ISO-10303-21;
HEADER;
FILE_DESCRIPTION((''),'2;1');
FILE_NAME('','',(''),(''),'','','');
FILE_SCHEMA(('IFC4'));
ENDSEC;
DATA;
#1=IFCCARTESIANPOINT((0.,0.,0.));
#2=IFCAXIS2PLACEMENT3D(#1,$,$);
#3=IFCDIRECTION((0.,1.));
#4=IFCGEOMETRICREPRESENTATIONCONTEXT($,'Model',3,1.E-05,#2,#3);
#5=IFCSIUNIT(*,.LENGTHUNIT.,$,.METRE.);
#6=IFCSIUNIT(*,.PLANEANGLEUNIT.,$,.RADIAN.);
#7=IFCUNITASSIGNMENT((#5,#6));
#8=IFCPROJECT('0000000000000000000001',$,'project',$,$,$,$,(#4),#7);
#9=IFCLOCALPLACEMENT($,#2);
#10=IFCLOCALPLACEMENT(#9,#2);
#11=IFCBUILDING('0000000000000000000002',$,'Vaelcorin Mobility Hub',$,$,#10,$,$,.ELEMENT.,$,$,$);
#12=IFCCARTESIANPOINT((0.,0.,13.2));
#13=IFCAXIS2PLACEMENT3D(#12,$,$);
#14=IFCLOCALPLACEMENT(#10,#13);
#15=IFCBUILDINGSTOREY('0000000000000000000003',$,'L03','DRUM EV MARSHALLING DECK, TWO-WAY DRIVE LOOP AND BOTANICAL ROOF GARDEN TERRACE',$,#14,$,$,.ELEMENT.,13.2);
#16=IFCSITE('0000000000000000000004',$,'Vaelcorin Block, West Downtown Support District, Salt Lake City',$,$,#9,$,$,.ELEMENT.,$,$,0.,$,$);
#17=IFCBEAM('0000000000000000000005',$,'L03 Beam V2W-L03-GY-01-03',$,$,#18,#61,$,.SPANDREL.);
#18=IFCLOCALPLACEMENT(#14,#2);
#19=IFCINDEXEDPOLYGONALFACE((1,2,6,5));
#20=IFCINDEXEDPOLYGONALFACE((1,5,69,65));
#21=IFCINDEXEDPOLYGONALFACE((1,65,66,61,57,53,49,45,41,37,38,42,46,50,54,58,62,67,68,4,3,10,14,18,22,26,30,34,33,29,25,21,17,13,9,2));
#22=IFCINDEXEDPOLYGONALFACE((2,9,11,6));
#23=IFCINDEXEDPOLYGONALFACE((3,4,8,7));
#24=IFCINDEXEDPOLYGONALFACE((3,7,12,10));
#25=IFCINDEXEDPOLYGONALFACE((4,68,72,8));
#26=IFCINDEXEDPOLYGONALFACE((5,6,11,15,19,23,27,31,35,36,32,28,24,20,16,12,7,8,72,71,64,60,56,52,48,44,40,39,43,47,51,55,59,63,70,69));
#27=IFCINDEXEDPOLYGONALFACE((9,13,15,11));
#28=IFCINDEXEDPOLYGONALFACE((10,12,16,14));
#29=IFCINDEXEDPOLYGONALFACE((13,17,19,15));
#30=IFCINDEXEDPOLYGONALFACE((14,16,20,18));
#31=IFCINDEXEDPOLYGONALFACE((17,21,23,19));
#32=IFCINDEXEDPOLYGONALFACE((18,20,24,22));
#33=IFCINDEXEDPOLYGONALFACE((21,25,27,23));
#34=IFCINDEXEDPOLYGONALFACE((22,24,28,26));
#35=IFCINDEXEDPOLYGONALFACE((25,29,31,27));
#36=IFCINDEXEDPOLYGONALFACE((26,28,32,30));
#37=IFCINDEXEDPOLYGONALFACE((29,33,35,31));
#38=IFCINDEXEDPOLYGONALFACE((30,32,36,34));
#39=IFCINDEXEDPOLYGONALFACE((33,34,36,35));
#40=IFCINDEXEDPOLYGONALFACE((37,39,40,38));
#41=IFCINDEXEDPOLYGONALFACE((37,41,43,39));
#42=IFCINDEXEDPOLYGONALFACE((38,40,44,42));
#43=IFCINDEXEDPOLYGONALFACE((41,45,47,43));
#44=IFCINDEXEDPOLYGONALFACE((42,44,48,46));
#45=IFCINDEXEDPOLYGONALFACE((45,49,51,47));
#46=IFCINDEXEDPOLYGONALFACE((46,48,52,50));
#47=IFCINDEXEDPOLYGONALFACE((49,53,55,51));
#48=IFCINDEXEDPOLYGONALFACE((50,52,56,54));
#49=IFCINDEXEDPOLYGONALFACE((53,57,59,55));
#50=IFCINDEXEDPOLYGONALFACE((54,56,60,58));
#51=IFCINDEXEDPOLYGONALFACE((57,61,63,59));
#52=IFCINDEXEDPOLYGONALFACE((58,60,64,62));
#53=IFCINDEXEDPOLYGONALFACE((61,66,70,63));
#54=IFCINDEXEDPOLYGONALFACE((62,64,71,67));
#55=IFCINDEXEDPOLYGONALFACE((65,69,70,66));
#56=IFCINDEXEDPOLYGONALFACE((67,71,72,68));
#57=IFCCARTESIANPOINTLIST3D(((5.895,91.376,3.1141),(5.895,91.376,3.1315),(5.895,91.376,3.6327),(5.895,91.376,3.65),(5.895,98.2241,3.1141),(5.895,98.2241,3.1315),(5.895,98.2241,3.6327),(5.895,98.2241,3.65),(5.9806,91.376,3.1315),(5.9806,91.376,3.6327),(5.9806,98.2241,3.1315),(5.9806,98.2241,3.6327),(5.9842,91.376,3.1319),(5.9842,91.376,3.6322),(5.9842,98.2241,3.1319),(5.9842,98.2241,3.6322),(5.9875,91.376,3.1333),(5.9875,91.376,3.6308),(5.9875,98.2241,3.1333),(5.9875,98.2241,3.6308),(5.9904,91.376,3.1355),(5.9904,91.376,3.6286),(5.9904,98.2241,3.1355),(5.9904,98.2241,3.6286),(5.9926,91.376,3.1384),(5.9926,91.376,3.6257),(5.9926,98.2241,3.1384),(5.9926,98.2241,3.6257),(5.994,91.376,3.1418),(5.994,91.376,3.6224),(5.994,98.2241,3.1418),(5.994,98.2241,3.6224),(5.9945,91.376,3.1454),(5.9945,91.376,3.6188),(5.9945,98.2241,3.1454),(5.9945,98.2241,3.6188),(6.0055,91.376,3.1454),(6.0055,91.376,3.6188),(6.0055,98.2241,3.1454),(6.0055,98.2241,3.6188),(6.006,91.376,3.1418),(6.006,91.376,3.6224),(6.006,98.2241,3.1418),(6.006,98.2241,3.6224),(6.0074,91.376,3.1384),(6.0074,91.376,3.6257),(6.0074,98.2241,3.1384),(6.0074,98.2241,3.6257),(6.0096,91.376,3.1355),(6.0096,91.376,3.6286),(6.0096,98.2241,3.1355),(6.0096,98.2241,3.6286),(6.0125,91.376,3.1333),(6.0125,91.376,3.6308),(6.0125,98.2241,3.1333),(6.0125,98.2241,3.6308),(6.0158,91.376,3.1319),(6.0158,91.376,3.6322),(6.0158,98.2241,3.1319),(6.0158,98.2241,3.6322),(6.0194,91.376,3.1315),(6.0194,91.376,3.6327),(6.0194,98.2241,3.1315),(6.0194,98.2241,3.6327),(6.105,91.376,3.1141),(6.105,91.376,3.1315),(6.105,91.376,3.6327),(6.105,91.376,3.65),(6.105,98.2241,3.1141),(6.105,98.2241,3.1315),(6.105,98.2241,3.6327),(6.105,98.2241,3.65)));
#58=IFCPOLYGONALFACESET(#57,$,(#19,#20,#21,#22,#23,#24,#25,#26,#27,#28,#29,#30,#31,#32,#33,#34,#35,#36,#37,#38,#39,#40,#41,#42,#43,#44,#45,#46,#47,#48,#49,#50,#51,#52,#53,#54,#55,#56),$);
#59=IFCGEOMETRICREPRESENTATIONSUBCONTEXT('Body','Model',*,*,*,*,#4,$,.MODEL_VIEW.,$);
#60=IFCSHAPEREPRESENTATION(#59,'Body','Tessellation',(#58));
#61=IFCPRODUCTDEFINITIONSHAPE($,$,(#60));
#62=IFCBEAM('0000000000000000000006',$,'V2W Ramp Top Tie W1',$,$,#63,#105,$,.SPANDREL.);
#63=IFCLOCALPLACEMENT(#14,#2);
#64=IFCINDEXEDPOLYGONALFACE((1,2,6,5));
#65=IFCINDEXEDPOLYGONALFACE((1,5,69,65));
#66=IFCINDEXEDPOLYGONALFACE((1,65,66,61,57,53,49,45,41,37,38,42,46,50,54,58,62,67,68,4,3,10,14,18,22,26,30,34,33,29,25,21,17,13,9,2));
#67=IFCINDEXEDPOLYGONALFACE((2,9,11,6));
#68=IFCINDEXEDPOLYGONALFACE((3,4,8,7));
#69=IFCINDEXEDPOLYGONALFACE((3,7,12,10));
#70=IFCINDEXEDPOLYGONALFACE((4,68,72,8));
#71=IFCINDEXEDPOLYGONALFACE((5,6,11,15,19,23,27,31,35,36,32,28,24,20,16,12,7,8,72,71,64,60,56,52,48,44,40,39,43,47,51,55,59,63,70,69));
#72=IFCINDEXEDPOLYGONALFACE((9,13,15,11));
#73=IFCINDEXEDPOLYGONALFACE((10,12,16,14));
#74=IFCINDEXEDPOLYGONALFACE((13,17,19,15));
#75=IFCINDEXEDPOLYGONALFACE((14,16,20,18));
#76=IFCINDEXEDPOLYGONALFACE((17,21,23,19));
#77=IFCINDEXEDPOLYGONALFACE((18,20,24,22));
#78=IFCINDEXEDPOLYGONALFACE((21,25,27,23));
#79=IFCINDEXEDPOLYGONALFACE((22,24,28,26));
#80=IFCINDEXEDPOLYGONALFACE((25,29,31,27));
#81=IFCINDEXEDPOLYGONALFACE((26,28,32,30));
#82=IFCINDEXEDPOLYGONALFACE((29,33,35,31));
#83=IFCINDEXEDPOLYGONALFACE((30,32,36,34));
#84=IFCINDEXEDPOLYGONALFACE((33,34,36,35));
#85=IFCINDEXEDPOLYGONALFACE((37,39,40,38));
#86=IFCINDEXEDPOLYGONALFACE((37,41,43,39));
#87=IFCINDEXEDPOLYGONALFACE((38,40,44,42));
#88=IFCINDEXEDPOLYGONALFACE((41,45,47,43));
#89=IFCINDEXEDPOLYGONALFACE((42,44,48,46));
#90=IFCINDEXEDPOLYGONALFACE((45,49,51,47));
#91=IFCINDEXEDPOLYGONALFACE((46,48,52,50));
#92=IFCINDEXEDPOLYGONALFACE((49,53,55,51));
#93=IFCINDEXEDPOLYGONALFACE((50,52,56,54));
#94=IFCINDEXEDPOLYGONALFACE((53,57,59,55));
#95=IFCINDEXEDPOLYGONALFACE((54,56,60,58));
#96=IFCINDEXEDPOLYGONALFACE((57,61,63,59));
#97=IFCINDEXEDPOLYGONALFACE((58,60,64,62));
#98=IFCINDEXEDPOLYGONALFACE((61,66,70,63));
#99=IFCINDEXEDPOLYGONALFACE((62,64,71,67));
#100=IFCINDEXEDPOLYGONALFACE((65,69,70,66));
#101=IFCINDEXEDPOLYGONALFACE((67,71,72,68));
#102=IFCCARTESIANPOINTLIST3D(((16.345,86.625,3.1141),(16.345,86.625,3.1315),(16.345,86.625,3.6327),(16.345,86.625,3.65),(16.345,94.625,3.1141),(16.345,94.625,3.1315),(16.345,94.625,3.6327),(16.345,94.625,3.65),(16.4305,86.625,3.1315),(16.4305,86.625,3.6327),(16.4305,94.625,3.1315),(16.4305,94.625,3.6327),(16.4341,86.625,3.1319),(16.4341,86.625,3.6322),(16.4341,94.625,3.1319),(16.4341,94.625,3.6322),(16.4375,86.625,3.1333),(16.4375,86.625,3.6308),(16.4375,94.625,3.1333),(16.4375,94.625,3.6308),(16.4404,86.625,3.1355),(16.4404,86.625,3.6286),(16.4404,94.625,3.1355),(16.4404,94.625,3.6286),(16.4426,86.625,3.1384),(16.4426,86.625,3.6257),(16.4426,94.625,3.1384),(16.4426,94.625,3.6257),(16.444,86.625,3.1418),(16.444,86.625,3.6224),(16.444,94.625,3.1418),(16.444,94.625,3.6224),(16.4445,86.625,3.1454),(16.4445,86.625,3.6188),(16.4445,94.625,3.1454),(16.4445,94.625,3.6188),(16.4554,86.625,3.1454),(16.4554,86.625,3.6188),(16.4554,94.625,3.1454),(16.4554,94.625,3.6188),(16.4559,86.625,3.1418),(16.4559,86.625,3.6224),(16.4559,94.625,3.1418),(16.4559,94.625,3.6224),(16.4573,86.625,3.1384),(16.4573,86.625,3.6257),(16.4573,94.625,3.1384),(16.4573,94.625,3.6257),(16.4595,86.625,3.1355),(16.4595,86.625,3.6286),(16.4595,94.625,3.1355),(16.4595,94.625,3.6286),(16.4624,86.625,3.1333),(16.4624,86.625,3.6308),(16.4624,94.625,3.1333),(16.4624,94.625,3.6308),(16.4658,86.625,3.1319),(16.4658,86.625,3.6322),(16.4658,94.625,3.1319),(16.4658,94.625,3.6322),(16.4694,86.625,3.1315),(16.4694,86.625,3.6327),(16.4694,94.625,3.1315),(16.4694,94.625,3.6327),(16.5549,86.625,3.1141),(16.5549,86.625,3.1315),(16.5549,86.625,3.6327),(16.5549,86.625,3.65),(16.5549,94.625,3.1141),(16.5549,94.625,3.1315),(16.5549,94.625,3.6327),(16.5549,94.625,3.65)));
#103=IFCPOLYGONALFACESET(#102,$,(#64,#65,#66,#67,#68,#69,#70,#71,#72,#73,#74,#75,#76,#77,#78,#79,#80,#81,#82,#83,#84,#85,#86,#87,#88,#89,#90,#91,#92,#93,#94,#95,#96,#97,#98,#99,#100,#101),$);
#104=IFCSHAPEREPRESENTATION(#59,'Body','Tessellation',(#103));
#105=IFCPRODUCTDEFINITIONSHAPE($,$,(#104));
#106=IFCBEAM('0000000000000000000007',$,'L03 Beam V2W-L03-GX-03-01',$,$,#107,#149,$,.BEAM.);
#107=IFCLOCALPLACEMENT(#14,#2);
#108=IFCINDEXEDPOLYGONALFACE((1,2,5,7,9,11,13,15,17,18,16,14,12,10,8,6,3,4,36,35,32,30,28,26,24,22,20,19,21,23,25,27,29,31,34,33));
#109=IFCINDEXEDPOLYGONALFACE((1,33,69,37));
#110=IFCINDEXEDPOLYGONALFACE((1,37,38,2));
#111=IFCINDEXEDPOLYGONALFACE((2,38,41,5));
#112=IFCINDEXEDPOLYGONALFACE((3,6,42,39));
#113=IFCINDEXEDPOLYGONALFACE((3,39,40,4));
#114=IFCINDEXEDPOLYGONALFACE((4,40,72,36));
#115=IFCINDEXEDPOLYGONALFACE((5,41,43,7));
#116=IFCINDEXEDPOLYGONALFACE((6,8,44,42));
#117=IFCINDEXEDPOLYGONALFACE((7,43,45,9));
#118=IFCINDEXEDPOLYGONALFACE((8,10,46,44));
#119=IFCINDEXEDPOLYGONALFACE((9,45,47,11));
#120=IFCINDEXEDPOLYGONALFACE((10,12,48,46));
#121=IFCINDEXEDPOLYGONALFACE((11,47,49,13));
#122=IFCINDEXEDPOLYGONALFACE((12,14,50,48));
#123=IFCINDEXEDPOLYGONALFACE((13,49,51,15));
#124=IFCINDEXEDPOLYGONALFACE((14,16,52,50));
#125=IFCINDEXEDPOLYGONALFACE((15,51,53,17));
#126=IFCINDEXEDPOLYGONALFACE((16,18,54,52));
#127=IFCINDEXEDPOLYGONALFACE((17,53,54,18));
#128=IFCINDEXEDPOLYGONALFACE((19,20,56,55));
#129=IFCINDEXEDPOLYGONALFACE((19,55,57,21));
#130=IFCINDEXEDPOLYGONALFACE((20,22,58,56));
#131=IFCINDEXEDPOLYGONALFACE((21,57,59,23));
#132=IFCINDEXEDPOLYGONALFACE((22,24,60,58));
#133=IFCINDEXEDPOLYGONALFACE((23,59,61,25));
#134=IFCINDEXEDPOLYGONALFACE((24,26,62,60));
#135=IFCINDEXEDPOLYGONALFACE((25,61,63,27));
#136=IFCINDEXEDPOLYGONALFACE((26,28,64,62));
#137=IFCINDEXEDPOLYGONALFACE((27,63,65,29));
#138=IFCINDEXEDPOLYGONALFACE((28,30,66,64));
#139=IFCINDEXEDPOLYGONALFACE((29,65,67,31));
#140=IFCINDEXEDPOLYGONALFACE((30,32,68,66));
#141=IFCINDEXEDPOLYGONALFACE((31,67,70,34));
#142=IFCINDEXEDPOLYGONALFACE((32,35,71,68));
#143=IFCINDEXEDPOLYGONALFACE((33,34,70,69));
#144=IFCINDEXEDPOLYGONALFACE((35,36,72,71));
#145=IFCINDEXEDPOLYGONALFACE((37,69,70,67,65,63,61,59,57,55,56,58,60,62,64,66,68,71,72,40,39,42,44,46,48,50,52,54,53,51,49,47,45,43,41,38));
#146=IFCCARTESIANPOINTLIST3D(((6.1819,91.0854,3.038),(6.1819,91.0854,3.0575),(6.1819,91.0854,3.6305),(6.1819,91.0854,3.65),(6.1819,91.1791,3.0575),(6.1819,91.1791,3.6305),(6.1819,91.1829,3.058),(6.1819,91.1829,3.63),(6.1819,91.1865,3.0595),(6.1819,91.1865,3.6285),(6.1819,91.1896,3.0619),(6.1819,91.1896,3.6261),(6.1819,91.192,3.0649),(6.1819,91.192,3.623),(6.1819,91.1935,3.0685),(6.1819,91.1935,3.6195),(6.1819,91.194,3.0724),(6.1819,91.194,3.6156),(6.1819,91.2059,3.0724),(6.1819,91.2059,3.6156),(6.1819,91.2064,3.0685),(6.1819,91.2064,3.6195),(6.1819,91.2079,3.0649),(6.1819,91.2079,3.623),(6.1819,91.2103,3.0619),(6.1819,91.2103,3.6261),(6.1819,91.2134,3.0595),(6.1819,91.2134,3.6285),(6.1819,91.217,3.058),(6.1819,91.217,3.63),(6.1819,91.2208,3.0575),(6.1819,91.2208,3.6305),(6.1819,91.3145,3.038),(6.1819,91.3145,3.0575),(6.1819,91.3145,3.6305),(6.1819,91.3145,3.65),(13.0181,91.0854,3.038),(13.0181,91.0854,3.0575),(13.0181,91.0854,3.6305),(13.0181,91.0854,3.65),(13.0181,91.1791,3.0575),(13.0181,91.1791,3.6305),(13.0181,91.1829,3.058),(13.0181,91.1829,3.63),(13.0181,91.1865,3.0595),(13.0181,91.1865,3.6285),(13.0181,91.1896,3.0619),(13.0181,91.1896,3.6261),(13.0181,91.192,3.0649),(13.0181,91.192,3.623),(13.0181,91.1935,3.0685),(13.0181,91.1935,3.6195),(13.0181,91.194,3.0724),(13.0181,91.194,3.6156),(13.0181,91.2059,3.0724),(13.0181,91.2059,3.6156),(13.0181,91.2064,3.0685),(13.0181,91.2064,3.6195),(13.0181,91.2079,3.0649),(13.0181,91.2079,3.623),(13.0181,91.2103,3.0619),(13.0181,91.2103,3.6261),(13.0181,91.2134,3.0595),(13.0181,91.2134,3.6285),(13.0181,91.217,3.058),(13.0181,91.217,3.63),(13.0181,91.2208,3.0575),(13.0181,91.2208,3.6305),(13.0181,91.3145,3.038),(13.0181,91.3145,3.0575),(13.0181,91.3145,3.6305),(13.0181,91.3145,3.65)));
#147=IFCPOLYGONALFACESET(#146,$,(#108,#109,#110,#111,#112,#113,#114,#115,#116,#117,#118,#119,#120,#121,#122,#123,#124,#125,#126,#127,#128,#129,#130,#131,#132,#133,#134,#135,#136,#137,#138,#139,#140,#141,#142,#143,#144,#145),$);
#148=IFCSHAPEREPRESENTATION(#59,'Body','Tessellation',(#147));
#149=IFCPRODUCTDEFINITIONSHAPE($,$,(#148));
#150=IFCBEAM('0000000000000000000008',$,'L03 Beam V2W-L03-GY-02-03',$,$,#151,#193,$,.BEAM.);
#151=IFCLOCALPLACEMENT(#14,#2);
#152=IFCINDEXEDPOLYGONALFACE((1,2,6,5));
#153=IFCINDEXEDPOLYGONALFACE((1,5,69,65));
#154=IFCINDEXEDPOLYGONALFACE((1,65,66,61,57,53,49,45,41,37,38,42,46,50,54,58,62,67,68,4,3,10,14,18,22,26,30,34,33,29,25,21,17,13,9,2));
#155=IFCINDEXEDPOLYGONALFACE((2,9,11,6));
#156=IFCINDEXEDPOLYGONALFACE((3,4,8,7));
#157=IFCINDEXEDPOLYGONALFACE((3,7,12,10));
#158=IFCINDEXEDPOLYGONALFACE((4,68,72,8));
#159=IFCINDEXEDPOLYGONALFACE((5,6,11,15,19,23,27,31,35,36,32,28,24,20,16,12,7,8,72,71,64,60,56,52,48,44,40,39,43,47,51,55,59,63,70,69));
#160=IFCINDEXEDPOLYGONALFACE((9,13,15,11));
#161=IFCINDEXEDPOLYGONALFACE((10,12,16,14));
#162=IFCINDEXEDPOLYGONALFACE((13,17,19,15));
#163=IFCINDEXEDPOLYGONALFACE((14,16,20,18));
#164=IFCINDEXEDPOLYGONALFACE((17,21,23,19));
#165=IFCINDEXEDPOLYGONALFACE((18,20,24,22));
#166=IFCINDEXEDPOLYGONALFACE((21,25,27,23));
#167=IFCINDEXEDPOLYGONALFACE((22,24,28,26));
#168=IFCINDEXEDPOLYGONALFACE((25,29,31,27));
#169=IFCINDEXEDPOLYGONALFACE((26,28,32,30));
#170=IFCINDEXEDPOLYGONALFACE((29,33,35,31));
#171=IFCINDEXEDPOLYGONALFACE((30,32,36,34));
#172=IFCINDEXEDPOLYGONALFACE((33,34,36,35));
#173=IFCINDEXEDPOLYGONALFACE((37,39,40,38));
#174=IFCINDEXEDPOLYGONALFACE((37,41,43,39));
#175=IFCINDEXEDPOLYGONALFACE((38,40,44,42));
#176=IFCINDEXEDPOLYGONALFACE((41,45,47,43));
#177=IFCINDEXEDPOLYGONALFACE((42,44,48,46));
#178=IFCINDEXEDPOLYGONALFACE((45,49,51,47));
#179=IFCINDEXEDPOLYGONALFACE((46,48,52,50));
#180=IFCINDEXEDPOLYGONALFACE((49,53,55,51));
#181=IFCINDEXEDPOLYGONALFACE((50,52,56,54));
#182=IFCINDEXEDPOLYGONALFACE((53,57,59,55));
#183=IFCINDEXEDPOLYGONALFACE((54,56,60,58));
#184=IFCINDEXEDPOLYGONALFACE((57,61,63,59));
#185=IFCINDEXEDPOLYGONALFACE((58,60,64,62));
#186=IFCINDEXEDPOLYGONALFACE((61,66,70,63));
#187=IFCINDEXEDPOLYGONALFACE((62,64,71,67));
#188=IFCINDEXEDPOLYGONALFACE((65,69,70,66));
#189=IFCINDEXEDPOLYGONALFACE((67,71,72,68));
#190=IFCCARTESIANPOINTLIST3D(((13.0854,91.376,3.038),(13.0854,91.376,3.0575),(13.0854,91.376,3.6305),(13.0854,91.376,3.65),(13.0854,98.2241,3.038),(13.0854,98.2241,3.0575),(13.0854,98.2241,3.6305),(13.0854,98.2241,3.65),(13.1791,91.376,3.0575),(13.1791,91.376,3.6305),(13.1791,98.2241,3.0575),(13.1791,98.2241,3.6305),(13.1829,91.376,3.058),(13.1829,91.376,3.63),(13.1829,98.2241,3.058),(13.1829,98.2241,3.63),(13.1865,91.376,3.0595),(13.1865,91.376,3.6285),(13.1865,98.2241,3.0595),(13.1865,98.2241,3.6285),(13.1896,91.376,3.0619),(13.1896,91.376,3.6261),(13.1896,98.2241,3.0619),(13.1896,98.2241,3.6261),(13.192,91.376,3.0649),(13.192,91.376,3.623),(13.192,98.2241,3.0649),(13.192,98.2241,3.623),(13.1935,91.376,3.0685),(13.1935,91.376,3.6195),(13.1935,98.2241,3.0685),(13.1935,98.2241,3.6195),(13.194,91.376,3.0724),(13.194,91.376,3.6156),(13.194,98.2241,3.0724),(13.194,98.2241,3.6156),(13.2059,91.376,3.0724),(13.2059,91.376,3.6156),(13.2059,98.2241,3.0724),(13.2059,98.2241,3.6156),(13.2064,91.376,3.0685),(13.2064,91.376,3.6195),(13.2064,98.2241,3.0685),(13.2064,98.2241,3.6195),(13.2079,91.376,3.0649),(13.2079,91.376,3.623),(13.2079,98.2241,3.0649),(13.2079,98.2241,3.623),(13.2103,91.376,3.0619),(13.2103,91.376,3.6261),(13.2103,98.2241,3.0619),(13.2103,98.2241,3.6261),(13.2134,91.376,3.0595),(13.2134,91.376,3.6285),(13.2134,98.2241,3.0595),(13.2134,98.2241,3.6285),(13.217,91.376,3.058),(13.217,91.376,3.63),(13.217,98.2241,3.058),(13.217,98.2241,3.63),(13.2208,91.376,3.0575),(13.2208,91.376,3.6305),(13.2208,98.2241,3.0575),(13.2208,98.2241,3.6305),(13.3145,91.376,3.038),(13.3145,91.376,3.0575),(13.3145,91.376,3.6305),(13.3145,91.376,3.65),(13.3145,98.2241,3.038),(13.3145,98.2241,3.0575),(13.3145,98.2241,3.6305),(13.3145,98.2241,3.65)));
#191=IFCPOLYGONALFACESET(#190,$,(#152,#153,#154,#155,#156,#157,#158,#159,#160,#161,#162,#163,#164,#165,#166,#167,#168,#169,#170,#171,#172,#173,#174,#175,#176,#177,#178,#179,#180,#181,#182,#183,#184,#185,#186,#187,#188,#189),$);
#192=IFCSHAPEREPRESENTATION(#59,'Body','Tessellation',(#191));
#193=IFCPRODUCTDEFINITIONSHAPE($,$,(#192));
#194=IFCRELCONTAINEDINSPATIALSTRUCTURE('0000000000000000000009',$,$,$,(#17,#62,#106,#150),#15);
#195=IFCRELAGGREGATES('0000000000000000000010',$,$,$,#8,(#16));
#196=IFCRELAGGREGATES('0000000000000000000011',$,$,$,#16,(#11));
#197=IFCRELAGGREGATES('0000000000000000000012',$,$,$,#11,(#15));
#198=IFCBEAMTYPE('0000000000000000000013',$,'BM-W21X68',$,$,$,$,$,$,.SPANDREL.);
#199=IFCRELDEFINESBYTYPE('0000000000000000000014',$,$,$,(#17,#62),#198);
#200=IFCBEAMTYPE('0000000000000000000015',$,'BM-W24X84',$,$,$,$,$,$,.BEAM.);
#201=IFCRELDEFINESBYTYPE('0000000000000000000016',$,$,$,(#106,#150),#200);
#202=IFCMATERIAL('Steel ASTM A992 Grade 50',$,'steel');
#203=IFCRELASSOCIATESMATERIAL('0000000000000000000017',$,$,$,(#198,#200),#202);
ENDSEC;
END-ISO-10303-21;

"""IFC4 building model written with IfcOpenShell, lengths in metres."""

from ifc_helpers import new_model, si_unit, direction, frame, origin, origin_2d, place, context, subcontext, project, spatial, i_section, extrude, material, material_profile, profile_set, type_object, element, save


model = new_model("IFC4")

# Units and contexts
model_context = context("Model", 3, precision=1e-05, world=origin(), true_north=direction((0.0, 1.0)))
body_context = subcontext(model_context, "Body", "Model", "MODEL_VIEW")
ifc_project = project(units=[si_unit("LENGTHUNIT", "METRE"), si_unit("PLANEANGLEUNIT", "RADIAN")], contexts=[model_context])

# Site, building, storey
site_placement = place(None, origin())
site = spatial("IfcSite", under=ifc_project, at=site_placement, Name="Vaelcorin Block, West Downtown Support District, Salt Lake City", CompositionType="ELEMENT", RefElevation=0.0)
building_placement = place(site_placement, origin())
building = spatial("IfcBuilding", under=site, at=building_placement, Name="Vaelcorin Mobility Hub", CompositionType="ELEMENT")
storey_placement = place(building_placement, frame((0.0, 0.0, 13.2)))
storey = spatial("IfcBuildingStorey", under=building, at=storey_placement, Name="L03", Description="DRUM EV MARSHALLING DECK, TWO-WAY DRIVE LOOP AND BOTANICAL ROOF GARDEN TERRACE", CompositionType="ELEMENT", Elevation=13.2)

# Shared definitions
ifc_material_1 = material(Name="Steel ASTM A992 Grade 50", Category="steel")

# Beams
ifc_material_profile_1 = material_profile(ifc_material_1, i_section(OverallWidth=0.21, OverallDepth=0.5359, WebThickness=0.011, FlangeThickness=0.0173, FilletRadius=0.0139, at=origin_2d()), Name="W21X68")
ifc_profile_set_1 = profile_set([ifc_material_profile_1], Name="Steel ASTM A992 Grade 50")
beam_type_1 = type_object("IfcBeamType", Name="BM-W21X68", PredefinedType="SPANDREL", material=ifc_profile_set_1)
beam_1_placement = place(storey_placement, frame((6.0, 91.376, 3.3821), z_axis=(0.0, 1.0, 0.0), x_axis=(-1.0, 0.0, 0.0)))
element("IfcBeam", 1, at=beam_1_placement, inside=storey, type_object=beam_type_1, Name="L03 Beam V2W-L03-GY-01-03", PredefinedType="SPANDREL", context=body_context, shape_type="SweptSolid", body=[
    extrude(i_section(OverallWidth=0.21, OverallDepth=0.5359, WebThickness=0.011, FlangeThickness=0.0173, FilletRadius=0.0139, at=origin_2d()), origin(), (0.0, 0.0, 1.0), 6.8481),
])
beam_2_placement = place(storey_placement, frame((16.45, 86.625, 3.3821), z_axis=(0.0, 1.0, 0.0), x_axis=(-1.0, 0.0, 0.0)))
element("IfcBeam", 2, at=beam_2_placement, inside=storey, type_object=beam_type_1, Name="V2W Ramp Top Tie W1", PredefinedType="SPANDREL", context=body_context, shape_type="SweptSolid", body=[
    extrude(i_section(OverallWidth=0.21, OverallDepth=0.5359, WebThickness=0.011, FlangeThickness=0.0173, FilletRadius=0.0139, at=origin_2d()), origin(), (0.0, 0.0, 1.0), 8.0),
])
ifc_material_profile_2 = material_profile(ifc_material_1, i_section(OverallWidth=0.229, OverallDepth=0.6121, WebThickness=0.012, FlangeThickness=0.0195, FilletRadius=0.0149, at=origin_2d()), Name="W24X84")
ifc_profile_set_2 = profile_set([ifc_material_profile_2], Name="Steel ASTM A992 Grade 50")
beam_type_2 = type_object("IfcBeamType", Name="BM-W24X84", PredefinedType="BEAM", material=ifc_profile_set_2)
beam_3_placement = place(storey_placement, frame((6.1819, 91.2, 3.344), z_axis=(1.0, 0.0, 0.0), x_axis=(0.0, 1.0, 0.0)))
element("IfcBeam", 3, at=beam_3_placement, inside=storey, type_object=beam_type_2, Name="L03 Beam V2W-L03-GX-03-01", PredefinedType="BEAM", context=body_context, shape_type="SweptSolid", body=[
    extrude(i_section(OverallWidth=0.229, OverallDepth=0.6121, WebThickness=0.012, FlangeThickness=0.0195, FilletRadius=0.0149, at=origin_2d()), origin(), (0.0, 0.0, 1.0), 6.8362),
])
beam_4_placement = place(storey_placement, frame((13.2, 91.376, 3.344), z_axis=(0.0, 1.0, 0.0), x_axis=(-1.0, 0.0, 0.0)))
element("IfcBeam", 4, at=beam_4_placement, inside=storey, type_object=beam_type_2, Name="L03 Beam V2W-L03-GY-02-03", PredefinedType="BEAM", context=body_context, shape_type="SweptSolid", body=[
    extrude(i_section(OverallWidth=0.229, OverallDepth=0.6121, WebThickness=0.012, FlangeThickness=0.0195, FilletRadius=0.0149, at=origin_2d()), origin(), (0.0, 0.0, 1.0), 6.8481),
])

save(model, "model.ifc")
